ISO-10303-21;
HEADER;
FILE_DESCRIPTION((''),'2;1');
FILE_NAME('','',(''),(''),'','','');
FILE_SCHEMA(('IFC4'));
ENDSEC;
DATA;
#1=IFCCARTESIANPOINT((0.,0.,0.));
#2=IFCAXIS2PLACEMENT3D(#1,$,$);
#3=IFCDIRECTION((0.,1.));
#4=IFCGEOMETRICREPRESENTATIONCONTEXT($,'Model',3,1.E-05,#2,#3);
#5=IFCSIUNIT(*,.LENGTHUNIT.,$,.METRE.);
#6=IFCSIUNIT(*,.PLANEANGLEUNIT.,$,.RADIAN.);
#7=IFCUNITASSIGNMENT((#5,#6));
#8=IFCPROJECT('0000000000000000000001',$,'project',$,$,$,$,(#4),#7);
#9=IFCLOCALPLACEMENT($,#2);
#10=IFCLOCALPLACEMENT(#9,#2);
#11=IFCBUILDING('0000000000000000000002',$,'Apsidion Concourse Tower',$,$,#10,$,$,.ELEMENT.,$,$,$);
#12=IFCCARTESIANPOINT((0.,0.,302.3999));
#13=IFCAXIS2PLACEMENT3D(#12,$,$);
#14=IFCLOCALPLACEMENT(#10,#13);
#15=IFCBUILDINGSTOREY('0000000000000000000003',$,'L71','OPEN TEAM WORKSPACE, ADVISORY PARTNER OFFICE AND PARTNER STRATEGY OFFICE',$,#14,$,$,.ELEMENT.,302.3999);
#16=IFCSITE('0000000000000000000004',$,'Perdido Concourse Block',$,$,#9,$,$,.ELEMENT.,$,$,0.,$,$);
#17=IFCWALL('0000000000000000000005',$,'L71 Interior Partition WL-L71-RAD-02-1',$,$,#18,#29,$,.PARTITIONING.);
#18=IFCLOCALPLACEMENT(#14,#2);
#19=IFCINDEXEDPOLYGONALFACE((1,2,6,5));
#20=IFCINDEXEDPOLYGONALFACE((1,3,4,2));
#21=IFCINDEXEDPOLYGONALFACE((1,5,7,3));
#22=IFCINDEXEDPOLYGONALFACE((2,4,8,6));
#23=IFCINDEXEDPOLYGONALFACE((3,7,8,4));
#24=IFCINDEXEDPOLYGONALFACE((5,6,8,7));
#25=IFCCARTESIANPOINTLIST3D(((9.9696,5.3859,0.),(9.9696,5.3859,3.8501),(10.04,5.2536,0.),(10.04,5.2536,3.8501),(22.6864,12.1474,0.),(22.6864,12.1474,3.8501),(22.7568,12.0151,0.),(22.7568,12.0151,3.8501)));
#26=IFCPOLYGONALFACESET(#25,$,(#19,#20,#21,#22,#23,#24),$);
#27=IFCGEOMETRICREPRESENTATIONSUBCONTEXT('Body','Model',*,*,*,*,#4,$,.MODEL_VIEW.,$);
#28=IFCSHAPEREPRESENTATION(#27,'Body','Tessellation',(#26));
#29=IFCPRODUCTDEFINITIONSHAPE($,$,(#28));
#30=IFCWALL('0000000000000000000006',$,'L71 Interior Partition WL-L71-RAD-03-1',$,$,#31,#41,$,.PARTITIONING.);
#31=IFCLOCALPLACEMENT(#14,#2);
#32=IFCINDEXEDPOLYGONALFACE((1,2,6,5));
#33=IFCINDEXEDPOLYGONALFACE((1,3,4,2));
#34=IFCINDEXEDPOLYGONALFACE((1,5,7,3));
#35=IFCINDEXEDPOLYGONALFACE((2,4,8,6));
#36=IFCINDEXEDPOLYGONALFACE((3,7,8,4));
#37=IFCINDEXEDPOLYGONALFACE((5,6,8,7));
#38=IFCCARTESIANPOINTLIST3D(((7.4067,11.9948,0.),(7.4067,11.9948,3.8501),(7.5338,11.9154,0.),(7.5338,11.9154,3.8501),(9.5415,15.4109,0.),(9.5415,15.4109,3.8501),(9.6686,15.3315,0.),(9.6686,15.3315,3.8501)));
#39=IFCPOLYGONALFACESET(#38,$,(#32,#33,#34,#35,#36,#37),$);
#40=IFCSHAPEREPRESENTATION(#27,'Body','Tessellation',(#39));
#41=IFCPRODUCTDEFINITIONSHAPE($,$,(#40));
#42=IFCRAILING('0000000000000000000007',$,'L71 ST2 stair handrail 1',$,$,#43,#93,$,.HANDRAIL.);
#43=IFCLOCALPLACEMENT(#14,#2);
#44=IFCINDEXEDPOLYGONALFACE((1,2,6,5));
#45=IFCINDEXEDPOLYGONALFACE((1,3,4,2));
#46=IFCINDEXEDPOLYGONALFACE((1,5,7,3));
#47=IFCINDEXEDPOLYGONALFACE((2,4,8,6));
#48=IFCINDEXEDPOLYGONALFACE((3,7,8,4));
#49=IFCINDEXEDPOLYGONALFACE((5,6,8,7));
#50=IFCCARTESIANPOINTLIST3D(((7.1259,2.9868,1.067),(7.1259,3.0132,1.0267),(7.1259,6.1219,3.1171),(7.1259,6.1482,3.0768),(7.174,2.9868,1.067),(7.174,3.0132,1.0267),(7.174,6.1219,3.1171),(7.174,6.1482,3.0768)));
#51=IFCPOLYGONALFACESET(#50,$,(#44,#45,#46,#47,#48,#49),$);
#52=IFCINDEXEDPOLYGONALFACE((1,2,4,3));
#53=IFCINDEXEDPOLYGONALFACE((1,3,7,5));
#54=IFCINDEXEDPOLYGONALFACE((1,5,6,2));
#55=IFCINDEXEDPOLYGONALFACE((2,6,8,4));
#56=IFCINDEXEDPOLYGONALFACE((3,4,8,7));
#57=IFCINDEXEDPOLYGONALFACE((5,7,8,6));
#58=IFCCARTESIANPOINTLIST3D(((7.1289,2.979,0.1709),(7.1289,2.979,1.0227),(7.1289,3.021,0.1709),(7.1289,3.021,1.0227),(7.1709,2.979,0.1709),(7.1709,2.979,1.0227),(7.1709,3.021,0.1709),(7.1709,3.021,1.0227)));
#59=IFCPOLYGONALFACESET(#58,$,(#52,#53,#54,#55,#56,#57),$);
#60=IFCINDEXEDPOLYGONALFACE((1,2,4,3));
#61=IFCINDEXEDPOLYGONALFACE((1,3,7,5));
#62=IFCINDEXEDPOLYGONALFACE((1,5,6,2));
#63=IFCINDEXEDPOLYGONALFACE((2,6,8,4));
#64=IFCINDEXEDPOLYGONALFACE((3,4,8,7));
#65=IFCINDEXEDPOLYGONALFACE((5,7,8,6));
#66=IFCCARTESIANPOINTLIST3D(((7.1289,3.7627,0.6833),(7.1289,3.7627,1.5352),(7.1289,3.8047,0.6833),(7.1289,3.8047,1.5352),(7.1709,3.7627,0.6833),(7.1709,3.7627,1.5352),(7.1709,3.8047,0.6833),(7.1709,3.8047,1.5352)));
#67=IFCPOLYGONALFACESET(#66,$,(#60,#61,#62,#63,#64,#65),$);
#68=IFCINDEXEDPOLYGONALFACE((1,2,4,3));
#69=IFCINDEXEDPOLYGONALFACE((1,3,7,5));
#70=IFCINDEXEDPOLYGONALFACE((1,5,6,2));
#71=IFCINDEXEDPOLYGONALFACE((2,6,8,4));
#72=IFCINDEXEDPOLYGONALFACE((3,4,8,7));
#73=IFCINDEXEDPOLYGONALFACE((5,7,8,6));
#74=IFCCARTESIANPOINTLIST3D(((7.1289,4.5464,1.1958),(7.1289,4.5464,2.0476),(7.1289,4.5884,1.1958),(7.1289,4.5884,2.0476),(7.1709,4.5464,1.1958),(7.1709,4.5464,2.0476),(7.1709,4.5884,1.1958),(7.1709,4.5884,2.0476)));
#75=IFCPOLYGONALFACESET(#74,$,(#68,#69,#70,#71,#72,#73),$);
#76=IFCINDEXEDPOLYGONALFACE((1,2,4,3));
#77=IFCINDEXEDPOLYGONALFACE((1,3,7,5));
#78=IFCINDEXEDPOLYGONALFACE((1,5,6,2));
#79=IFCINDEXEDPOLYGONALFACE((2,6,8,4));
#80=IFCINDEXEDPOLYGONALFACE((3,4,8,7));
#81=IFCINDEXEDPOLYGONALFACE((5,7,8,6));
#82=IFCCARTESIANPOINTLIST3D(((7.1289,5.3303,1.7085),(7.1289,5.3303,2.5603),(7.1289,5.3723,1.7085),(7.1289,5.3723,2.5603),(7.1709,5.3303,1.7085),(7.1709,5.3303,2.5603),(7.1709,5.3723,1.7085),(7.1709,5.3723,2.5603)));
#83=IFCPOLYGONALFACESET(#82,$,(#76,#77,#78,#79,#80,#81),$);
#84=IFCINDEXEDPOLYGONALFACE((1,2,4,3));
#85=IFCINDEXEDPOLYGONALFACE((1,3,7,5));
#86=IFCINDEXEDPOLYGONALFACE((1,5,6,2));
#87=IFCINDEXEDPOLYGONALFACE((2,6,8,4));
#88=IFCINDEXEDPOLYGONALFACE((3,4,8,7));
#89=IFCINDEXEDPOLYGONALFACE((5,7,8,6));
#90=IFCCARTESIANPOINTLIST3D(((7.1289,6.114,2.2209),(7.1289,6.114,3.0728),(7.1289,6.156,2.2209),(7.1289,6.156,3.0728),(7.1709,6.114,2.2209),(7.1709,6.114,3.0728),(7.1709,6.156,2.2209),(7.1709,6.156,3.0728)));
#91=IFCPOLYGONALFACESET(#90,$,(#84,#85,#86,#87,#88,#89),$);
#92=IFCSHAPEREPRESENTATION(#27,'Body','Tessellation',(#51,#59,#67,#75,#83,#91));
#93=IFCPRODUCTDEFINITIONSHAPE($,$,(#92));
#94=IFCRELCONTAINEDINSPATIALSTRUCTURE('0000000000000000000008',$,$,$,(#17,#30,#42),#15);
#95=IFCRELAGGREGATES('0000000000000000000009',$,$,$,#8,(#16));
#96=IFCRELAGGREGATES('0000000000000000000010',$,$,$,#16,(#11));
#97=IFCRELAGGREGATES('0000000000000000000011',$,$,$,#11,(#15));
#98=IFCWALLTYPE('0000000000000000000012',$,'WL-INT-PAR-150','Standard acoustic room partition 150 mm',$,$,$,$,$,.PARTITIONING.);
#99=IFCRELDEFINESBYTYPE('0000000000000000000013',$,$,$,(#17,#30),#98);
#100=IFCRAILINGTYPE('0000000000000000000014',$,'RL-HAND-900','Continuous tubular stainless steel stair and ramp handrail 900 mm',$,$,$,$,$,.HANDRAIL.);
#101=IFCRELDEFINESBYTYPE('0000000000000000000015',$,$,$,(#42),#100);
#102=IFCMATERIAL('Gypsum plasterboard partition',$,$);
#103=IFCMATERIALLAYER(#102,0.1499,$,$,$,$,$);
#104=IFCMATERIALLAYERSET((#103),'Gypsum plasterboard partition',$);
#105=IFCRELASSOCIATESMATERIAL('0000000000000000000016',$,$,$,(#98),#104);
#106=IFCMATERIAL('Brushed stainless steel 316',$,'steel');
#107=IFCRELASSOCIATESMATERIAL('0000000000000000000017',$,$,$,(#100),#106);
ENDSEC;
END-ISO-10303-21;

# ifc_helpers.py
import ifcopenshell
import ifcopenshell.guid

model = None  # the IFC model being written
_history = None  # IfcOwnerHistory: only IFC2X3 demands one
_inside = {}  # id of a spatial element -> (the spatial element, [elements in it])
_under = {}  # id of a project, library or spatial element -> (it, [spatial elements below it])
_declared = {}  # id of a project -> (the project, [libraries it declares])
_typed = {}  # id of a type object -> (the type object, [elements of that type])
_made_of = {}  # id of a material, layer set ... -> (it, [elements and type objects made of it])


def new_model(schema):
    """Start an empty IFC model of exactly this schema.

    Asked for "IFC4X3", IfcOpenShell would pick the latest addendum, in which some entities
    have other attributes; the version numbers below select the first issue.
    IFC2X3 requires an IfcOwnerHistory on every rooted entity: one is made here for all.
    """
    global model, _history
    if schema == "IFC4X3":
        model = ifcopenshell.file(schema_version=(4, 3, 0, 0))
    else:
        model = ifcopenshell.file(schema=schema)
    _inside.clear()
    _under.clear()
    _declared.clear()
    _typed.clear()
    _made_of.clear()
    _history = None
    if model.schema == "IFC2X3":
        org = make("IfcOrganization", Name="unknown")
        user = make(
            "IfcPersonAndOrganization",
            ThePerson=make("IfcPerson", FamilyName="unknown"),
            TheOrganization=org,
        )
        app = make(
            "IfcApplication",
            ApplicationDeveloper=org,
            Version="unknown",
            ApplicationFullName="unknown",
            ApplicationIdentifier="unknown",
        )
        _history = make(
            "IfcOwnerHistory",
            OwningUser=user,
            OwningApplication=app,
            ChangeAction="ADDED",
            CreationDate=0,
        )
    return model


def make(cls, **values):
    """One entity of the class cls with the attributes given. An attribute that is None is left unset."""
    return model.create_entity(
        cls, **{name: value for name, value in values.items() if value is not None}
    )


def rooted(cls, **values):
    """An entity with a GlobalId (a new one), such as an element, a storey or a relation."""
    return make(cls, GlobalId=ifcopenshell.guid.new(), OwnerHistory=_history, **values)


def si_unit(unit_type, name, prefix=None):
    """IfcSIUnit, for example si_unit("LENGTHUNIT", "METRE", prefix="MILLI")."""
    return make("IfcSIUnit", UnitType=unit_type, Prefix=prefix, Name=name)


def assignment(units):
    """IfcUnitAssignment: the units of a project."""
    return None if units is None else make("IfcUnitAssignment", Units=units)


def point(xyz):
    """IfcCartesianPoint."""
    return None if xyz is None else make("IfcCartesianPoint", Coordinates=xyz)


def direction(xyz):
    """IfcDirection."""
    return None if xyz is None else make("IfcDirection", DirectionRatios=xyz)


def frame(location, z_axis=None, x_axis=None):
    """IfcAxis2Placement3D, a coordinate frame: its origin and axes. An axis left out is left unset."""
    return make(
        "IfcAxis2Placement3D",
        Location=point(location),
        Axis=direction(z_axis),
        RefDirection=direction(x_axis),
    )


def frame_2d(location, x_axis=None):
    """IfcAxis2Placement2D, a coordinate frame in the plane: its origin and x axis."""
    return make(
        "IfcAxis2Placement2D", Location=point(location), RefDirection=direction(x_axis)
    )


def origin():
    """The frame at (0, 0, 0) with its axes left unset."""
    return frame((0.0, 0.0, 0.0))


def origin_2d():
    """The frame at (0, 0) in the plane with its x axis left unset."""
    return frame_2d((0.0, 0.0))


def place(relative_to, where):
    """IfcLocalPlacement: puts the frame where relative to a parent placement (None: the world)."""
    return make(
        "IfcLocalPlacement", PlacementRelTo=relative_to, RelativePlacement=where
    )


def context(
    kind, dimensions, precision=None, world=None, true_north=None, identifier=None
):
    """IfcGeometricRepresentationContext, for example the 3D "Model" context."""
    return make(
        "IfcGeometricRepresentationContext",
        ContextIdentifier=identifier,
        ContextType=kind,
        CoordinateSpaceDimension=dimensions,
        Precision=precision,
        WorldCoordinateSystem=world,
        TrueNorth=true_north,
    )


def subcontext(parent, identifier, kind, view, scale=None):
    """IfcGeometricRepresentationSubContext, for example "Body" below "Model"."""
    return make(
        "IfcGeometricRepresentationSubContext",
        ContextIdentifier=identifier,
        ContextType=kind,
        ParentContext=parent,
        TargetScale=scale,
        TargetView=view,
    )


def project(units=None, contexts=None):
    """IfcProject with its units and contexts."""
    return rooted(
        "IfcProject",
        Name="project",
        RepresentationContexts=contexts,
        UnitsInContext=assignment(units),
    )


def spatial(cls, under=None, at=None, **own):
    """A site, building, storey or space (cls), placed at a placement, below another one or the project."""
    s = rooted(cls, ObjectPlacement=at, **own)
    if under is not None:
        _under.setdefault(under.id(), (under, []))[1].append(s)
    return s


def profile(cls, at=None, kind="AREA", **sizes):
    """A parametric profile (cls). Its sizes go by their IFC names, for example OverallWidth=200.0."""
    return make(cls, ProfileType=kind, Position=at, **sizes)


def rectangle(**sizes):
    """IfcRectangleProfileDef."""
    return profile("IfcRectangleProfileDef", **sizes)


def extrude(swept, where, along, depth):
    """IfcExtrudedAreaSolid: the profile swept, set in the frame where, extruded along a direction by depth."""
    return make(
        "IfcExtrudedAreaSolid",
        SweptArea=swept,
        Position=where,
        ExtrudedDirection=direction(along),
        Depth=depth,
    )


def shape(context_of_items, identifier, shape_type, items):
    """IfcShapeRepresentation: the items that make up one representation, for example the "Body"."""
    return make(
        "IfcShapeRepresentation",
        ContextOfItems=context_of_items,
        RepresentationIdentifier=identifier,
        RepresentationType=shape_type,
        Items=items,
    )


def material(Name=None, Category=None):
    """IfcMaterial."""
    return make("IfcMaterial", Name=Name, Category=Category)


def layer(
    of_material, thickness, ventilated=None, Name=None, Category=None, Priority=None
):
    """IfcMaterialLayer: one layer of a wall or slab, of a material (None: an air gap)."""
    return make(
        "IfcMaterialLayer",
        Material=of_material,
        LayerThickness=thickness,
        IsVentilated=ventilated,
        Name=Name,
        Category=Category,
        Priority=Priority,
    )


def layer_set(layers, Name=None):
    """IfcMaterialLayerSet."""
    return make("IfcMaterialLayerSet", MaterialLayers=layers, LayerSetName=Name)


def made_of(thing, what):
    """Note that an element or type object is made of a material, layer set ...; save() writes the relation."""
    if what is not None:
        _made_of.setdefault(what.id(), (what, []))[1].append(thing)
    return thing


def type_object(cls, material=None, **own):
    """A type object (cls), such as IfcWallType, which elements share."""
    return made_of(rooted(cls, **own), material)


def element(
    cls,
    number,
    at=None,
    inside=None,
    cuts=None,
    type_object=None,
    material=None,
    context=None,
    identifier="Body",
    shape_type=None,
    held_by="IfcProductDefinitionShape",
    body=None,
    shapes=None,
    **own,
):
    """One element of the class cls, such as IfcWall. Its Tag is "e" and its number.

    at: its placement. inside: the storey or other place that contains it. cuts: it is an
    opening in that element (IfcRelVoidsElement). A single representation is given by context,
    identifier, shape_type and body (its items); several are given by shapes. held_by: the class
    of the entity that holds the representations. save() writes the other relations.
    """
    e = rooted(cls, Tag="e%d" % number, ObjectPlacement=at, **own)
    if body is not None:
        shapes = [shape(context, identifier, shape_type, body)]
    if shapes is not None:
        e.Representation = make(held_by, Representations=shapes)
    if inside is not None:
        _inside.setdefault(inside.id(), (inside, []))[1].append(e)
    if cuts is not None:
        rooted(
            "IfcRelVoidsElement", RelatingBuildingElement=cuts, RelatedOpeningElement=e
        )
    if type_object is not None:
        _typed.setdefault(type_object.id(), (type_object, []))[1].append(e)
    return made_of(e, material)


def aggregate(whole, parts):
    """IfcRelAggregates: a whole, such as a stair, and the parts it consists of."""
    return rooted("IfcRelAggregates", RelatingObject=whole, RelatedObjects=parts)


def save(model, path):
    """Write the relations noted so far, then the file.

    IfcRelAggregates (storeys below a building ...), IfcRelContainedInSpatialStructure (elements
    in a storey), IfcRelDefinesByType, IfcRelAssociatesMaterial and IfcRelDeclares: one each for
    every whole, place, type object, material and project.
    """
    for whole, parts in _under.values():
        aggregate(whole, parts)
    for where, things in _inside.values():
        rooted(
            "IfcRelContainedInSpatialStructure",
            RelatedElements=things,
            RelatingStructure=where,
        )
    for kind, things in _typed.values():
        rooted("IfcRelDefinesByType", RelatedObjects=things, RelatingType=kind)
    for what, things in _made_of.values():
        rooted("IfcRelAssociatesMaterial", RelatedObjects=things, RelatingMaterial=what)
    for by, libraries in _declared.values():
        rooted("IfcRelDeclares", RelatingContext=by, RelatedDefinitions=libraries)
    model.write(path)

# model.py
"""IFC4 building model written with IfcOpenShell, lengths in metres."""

from ifc_helpers import new_model, si_unit, direction, frame, frame_2d, origin, origin_2d, place, context, subcontext, project, spatial, rectangle, extrude, material, layer, layer_set, type_object, element, save


model = new_model("IFC4")

# Units and contexts
model_context = context("Model", 3, precision=1e-05, world=origin(), true_north=direction((0.0, 1.0)))
body_context = subcontext(model_context, "Body", "Model", "MODEL_VIEW")
ifc_project = project(units=[si_unit("LENGTHUNIT", "METRE"), si_unit("PLANEANGLEUNIT", "RADIAN")], contexts=[model_context])

# Site, building, storey
site_placement = place(None, origin())
site = spatial("IfcSite", under=ifc_project, at=site_placement, Name="Perdido Concourse Block", CompositionType="ELEMENT", RefElevation=0.0)
building_placement = place(site_placement, origin())
building = spatial("IfcBuilding", under=site, at=building_placement, Name="Apsidion Concourse Tower", CompositionType="ELEMENT")
storey_placement = place(building_placement, frame((0.0, 0.0, 302.3999)))
storey = spatial("IfcBuildingStorey", under=building, at=storey_placement, Name="L71", Description="OPEN TEAM WORKSPACE, ADVISORY PARTNER OFFICE AND PARTNER STRATEGY OFFICE", CompositionType="ELEMENT", Elevation=302.3999)

# Shared definitions
ifc_material_1 = material(Name="Gypsum plasterboard partition")
ifc_layer_1 = layer(ifc_material_1, 0.1499)
ifc_layer_set_1 = layer_set([ifc_layer_1], Name="Gypsum plasterboard partition")
wall_type_1 = type_object("IfcWallType", Name="WL-INT-PAR-150", Description="Standard acoustic room partition 150 mm", PredefinedType="PARTITIONING", material=ifc_layer_set_1)
ifc_material_2 = material(Name="Brushed stainless steel 316", Category="steel")

# Walls
wall_1_placement = place(storey_placement, frame((10.0049, 5.3198, 0.0), z_axis=(0.0, 0.0, 1.0), x_axis=(0.882952, 0.469463, 0.0)))
element("IfcWall", 1, at=wall_1_placement, inside=storey, type_object=wall_type_1, Name="L71 Interior Partition WL-L71-RAD-02-1", PredefinedType="PARTITIONING", context=body_context, shape_type="SweptSolid", body=[
    extrude(rectangle(XDim=14.4026, YDim=0.1499, at=frame_2d((7.2012, 0.0))), origin(), (0.0, 0.0, 1.0), 3.8501),
])
wall_2_placement = place(storey_placement, frame((7.4702, 11.9551, 0.0), z_axis=(0.0, 0.0, 1.0), x_axis=(0.529955, 0.848026, 0.0)))
element("IfcWall", 2, at=wall_2_placement, inside=storey, type_object=wall_type_1, Name="L71 Interior Partition WL-L71-RAD-03-1", PredefinedType="PARTITIONING", context=body_context, shape_type="SweptSolid", body=[
    extrude(rectangle(XDim=4.0283, YDim=0.1499, at=frame_2d((2.0142, 0.0))), origin(), (0.0, 0.0, 1.0), 3.8501),
])

# Railing
railing_type = type_object("IfcRailingType", Name="RL-HAND-900", Description="Continuous tubular stainless steel stair and ramp handrail 900 mm", PredefinedType="HANDRAIL", material=ifc_material_2)
railing_placement = place(storey_placement, frame((7.1499, 3.0, 0.1709)))
element("IfcRailing", 3, at=railing_placement, inside=storey, type_object=railing_type, Name="L71 ST2 stair handrail 1", PredefinedType="HANDRAIL", context=body_context, shape_type="SweptSolid", body=[
    extrude(rectangle(XDim=0.0481, YDim=0.0481, at=origin_2d()), frame((0.0, 0.0, 0.876), z_axis=(0.0, 0.836941, 0.547293), x_axis=(-1.0, 0.0, 0.0)), (0.0, 0.0, 1.0), 3.7458),
    extrude(rectangle(XDim=0.042, YDim=0.042, at=origin_2d()), origin(), (0.0, 0.0, 1.0), 0.8518),
    extrude(rectangle(XDim=0.042, YDim=0.042, at=origin_2d()), frame((0.0, 0.7837, 0.5125)), (0.0, 0.0, 1.0), 0.8518),
    extrude(rectangle(XDim=0.042, YDim=0.042, at=origin_2d()), frame((0.0, 1.5674, 1.0249)), (0.0, 0.0, 1.0), 0.8518),
    extrude(rectangle(XDim=0.042, YDim=0.042, at=origin_2d()), frame((0.0, 2.3513, 1.5376)), (0.0, 0.0, 1.0), 0.8518),
    extrude(rectangle(XDim=0.042, YDim=0.042, at=origin_2d()), frame((0.0, 3.135, 2.05)), (0.0, 0.0, 1.0), 0.8518),
])

save(model, "model.ifc")
